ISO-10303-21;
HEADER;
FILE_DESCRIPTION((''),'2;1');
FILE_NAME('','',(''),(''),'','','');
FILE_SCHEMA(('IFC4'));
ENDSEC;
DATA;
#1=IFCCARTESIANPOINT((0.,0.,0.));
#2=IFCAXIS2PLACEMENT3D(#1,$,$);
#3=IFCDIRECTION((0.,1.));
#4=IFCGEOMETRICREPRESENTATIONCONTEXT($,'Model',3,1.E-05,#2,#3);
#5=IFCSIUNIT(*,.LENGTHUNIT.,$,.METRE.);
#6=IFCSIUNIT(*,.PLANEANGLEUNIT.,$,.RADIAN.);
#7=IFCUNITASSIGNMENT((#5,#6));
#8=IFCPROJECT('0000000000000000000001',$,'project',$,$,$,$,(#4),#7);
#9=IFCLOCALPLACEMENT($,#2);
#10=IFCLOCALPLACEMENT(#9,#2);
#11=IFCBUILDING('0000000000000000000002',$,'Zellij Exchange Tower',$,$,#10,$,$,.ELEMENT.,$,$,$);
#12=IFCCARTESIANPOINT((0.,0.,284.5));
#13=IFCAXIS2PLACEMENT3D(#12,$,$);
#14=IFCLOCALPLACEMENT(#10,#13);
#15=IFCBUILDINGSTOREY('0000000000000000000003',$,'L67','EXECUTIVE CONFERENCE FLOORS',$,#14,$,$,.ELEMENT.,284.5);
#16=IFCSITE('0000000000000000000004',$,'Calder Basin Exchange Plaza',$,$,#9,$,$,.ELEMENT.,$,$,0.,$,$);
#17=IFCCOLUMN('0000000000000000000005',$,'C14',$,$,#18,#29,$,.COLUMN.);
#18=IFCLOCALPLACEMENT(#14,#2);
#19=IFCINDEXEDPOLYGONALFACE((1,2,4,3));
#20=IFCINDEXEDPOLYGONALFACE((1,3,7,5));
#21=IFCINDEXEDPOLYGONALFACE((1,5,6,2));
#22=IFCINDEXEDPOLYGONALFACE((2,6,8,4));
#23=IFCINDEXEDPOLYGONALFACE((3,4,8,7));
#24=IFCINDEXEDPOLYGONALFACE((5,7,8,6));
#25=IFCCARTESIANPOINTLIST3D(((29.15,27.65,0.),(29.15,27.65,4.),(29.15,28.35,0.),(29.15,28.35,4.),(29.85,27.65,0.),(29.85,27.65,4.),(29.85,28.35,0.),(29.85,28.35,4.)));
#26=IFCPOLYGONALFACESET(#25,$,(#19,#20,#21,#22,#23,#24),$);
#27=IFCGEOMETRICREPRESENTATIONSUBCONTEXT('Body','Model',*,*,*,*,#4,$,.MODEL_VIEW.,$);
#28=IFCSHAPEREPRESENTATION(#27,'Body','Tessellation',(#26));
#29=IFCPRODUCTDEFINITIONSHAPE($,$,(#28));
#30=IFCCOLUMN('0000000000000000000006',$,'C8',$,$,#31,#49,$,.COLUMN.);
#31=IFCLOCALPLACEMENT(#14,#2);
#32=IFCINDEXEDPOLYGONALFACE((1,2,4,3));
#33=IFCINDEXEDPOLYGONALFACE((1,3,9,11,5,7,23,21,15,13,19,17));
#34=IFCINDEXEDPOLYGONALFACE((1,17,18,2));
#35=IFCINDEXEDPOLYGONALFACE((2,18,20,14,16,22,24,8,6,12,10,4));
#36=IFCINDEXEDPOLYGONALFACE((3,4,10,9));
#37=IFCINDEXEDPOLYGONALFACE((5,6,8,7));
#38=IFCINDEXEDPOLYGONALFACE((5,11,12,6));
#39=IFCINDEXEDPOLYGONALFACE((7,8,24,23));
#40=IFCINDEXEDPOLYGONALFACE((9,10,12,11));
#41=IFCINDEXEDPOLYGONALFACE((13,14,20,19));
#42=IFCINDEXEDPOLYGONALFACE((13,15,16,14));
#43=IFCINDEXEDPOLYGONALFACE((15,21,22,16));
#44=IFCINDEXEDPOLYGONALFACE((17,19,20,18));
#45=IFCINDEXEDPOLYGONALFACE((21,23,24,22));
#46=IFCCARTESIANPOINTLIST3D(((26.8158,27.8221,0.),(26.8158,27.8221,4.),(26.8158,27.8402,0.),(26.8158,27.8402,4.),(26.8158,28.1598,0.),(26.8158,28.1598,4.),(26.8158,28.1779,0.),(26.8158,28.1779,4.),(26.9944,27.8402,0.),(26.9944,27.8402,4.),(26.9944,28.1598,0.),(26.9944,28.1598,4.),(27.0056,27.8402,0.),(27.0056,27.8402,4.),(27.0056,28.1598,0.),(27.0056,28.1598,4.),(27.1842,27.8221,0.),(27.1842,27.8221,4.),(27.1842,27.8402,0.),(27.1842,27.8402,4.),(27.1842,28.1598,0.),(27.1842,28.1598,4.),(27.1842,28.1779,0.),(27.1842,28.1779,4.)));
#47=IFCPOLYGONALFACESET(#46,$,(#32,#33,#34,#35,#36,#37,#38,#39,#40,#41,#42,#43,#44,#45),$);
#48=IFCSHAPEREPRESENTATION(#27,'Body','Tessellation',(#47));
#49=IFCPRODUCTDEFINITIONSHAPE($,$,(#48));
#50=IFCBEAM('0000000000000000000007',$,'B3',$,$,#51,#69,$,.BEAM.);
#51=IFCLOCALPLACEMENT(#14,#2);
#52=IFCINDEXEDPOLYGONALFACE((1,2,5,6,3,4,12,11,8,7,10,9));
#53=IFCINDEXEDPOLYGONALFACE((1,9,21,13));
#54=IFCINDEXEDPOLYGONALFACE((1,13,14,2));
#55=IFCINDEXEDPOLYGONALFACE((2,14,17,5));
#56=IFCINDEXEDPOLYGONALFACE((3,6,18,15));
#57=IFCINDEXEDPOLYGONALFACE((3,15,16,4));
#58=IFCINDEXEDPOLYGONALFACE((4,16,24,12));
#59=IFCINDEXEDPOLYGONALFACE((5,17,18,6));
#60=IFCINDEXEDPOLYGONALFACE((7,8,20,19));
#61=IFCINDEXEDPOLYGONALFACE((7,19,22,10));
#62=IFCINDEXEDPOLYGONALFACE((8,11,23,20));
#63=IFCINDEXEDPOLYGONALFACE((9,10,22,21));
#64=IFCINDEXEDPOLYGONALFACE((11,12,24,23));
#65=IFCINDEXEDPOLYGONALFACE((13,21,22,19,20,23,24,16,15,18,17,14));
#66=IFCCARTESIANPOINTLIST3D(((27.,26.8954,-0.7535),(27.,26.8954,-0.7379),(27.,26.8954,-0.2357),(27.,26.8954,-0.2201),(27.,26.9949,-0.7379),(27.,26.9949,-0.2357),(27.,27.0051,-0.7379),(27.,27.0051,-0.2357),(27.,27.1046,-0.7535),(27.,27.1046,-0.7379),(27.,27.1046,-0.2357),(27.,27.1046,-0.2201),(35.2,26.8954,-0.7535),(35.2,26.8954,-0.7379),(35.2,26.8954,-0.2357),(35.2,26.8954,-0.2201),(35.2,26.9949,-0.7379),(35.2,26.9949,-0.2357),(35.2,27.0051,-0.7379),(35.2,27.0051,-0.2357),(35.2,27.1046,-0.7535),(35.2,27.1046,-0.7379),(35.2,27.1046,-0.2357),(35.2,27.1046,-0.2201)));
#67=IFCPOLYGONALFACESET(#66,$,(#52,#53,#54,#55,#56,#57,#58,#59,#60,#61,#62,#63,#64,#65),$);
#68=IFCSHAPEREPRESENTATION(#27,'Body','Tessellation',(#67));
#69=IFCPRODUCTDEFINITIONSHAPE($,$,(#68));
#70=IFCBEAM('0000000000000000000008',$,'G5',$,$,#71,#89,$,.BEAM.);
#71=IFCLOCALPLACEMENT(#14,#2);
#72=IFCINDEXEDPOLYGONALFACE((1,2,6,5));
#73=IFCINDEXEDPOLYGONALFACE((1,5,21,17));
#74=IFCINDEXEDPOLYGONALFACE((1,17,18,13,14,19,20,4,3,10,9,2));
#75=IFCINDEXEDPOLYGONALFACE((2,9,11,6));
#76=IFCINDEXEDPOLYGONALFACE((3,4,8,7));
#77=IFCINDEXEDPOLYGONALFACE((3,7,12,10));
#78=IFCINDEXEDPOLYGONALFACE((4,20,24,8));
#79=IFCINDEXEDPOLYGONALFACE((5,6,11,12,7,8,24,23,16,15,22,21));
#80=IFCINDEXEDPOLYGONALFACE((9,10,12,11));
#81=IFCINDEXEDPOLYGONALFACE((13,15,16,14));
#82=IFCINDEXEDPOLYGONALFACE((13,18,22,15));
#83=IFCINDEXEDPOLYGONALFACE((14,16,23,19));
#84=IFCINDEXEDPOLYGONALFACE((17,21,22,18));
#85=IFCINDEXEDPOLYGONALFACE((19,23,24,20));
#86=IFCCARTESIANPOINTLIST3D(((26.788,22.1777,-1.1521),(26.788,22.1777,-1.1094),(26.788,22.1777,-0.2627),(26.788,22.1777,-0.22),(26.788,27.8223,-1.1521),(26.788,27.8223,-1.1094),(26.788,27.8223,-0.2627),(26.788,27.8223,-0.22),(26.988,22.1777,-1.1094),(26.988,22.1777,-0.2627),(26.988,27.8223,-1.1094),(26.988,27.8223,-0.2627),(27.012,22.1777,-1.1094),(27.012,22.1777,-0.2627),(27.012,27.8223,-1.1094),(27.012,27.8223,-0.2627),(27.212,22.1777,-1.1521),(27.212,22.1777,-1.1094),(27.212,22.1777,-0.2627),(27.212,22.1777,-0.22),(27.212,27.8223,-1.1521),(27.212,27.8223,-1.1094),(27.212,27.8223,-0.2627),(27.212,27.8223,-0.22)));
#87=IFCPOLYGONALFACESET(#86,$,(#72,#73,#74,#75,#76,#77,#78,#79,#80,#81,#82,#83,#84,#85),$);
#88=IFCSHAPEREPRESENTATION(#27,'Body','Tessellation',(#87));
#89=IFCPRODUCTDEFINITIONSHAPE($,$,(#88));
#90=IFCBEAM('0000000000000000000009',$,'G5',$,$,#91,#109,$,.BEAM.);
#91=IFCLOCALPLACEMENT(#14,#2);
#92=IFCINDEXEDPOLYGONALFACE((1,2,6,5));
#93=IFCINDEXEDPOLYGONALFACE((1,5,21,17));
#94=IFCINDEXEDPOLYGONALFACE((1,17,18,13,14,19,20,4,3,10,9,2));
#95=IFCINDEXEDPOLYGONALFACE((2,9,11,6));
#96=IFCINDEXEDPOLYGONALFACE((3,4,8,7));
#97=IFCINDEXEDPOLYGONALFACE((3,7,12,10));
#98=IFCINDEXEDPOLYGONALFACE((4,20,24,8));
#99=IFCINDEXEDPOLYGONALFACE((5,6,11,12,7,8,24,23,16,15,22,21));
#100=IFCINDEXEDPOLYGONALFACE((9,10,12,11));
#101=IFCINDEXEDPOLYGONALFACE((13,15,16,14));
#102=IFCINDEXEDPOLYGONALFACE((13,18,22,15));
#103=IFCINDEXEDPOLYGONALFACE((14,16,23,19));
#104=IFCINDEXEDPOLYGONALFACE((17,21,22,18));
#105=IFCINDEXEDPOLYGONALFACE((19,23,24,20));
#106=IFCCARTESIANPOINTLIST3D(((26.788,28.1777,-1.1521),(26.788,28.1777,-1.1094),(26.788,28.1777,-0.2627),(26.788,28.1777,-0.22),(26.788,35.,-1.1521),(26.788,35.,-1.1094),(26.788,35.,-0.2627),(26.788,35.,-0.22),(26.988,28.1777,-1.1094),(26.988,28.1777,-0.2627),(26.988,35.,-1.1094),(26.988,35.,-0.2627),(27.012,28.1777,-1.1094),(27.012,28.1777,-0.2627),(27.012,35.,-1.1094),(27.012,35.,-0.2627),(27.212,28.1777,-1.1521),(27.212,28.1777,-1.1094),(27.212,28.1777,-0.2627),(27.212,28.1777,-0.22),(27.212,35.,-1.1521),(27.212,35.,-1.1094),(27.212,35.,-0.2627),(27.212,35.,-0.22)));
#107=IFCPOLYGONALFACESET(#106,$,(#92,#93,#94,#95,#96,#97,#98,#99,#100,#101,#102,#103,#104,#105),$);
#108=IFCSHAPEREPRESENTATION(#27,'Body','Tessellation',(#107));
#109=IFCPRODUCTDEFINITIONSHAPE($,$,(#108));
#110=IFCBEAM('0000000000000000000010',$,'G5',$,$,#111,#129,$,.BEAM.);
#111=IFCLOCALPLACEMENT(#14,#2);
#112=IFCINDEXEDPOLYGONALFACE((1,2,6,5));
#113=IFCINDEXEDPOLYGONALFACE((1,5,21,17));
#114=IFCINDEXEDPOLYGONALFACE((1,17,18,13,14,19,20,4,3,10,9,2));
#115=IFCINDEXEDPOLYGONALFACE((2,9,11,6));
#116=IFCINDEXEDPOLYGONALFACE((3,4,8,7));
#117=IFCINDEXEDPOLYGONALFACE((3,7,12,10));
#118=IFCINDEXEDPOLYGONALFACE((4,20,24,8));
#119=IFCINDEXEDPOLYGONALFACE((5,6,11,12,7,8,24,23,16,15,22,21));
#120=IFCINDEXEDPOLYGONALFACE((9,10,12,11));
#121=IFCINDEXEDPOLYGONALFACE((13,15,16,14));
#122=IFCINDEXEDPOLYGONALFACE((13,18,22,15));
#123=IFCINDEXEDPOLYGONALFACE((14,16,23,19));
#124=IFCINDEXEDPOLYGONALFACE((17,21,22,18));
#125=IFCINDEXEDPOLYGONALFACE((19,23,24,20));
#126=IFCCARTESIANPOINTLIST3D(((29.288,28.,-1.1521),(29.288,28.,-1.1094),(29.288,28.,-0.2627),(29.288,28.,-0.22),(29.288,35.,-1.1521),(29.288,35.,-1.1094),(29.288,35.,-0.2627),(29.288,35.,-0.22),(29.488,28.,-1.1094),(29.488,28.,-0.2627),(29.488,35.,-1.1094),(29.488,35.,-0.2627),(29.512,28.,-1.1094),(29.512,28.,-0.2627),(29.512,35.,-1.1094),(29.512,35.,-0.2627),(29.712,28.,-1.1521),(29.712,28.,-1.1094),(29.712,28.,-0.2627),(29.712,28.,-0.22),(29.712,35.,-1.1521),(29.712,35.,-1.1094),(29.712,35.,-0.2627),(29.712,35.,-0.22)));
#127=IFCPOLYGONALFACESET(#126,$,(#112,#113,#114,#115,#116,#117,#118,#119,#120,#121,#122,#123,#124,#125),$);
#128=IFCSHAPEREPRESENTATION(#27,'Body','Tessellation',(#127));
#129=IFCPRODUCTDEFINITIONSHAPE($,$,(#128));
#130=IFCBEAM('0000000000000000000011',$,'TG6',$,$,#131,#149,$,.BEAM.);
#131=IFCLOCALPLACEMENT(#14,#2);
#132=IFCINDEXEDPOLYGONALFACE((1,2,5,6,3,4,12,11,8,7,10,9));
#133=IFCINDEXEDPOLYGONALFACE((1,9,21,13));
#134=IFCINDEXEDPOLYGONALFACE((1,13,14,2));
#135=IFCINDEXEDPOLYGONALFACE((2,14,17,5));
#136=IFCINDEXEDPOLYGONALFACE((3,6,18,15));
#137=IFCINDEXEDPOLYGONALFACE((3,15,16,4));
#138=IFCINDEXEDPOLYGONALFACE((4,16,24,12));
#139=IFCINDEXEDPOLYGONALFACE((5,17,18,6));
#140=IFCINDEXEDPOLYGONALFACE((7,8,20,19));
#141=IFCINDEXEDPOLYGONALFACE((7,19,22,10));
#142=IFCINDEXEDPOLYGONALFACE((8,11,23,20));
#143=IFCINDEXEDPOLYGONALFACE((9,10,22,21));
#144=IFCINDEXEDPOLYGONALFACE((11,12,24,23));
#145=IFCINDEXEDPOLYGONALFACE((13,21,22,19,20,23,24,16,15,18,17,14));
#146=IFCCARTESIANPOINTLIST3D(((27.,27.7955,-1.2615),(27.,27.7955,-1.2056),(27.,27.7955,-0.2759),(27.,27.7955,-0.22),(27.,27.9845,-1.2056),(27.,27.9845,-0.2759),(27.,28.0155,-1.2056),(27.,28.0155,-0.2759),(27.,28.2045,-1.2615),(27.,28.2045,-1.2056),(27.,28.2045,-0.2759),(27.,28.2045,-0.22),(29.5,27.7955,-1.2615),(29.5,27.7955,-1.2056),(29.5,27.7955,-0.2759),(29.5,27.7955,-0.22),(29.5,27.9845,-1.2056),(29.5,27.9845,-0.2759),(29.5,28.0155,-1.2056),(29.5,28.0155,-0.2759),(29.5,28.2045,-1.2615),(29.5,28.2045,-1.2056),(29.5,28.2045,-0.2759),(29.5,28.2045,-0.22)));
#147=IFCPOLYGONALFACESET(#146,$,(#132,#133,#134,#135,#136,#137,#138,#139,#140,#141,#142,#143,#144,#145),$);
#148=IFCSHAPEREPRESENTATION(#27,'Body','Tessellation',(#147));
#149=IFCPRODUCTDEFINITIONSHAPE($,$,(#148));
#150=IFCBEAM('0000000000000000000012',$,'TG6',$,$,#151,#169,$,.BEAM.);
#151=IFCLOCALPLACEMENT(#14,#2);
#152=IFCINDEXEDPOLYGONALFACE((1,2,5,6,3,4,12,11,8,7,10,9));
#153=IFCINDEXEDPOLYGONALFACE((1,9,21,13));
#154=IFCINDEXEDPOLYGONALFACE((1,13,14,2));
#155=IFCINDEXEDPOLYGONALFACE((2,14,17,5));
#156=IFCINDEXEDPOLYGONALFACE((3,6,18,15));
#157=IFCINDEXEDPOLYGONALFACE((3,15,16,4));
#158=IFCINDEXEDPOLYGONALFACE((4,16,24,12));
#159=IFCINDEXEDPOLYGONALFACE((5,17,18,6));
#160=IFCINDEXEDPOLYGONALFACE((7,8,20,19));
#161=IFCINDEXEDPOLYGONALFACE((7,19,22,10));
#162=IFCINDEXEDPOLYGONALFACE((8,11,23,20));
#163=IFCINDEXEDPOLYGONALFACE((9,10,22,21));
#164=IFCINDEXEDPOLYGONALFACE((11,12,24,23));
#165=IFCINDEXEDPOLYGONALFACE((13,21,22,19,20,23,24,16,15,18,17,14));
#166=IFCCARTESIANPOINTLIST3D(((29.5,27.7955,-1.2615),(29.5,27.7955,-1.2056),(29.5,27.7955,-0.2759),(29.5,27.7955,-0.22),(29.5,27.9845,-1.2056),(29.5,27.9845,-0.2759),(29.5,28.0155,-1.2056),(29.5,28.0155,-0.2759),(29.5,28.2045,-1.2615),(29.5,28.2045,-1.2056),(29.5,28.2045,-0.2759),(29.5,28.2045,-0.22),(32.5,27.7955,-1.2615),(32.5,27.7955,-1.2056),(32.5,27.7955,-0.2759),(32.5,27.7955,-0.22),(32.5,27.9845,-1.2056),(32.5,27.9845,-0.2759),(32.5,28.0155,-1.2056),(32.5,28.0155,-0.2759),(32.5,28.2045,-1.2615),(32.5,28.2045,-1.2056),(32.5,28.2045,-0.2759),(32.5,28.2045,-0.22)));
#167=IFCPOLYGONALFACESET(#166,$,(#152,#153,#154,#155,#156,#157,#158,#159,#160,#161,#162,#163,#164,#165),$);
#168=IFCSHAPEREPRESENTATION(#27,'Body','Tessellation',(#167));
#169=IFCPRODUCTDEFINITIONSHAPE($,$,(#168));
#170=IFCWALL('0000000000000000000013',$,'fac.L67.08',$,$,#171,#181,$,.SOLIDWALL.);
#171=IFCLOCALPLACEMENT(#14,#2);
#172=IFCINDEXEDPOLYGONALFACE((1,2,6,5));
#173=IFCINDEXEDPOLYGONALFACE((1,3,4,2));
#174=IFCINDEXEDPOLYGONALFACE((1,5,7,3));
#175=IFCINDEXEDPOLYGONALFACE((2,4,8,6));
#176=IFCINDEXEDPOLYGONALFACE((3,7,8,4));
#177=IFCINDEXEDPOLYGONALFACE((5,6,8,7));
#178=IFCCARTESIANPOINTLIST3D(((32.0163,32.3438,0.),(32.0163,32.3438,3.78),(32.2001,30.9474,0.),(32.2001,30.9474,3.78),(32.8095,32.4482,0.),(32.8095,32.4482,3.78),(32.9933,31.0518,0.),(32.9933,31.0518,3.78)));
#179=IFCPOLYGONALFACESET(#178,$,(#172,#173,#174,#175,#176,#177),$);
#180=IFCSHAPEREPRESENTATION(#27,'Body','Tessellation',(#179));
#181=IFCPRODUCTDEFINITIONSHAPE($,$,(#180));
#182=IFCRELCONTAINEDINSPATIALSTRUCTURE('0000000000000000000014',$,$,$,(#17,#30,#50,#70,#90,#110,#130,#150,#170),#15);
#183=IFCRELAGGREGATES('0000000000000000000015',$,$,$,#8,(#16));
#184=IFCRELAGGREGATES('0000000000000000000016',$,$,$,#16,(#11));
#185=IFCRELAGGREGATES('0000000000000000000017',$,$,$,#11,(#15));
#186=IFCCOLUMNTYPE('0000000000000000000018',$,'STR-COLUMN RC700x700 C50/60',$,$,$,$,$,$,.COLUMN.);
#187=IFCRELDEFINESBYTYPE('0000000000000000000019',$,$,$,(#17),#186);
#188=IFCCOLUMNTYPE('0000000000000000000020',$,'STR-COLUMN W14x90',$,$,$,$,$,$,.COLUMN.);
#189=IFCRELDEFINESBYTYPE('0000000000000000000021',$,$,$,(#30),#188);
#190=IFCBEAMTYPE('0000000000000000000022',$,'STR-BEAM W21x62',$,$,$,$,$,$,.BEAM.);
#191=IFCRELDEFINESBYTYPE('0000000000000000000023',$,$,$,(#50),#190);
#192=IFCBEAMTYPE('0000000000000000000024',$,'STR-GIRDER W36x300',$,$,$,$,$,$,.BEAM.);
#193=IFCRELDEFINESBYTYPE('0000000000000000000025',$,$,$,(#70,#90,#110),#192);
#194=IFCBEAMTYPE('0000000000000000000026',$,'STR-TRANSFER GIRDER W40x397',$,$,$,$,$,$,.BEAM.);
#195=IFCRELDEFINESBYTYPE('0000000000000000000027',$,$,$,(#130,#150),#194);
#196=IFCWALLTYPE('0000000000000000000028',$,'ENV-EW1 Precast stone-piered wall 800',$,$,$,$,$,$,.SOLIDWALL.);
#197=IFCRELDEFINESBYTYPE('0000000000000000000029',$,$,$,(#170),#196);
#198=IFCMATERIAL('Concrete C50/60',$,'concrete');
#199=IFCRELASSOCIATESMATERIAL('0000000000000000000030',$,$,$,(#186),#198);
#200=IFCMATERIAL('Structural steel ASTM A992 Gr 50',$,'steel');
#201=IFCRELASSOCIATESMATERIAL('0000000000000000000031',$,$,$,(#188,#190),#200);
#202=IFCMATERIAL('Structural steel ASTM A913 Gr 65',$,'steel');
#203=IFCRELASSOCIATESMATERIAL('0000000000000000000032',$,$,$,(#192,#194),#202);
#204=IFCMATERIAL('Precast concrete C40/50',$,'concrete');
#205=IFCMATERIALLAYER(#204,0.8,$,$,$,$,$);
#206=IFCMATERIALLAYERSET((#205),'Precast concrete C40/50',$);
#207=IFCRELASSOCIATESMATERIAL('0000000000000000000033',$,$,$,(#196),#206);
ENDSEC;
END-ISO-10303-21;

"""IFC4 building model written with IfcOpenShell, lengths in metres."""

from ifc_helpers import new_model, si_unit, direction, frame, frame_2d, origin, origin_2d, place, context, subcontext, project, spatial, rectangle, i_section, extrude, material, layer, layer_set, material_profile, profile_set, type_object, element, save


model = new_model("IFC4")

# Units and contexts
model_context = context("Model", 3, precision=1e-05, world=origin(), true_north=direction((0.0, 1.0)))
body_context = subcontext(model_context, "Body", "Model", "MODEL_VIEW")
ifc_project = project(units=[si_unit("LENGTHUNIT", "METRE"), si_unit("PLANEANGLEUNIT", "RADIAN")], contexts=[model_context])

# Site, building, storey
site_placement = place(None, origin())
site = spatial("IfcSite", under=ifc_project, at=site_placement, Name="Calder Basin Exchange Plaza", CompositionType="ELEMENT", RefElevation=0.0)
building_placement = place(site_placement, origin())
building = spatial("IfcBuilding", under=site, at=building_placement, Name="Zellij Exchange Tower", CompositionType="ELEMENT")
storey_placement = place(building_placement, frame((0.0, 0.0, 284.5)))
storey = spatial("IfcBuildingStorey", under=building, at=storey_placement, Name="L67", Description="EXECUTIVE CONFERENCE FLOORS", CompositionType="ELEMENT", Elevation=284.5)

# Columns
ifc_material_1 = material(Name="Concrete C50/60", Category="concrete")
ifc_material_profile_1 = material_profile(ifc_material_1, rectangle(XDim=0.7, YDim=0.7, at=origin_2d()), Name="STR-COLUMN RC700x700 C50/60")
ifc_profile_set_1 = profile_set([ifc_material_profile_1], Name="Concrete C50/60")
column_type_1 = type_object("IfcColumnType", Name="STR-COLUMN RC700x700 C50/60", PredefinedType="COLUMN", material=ifc_profile_set_1)
column_1_placement = place(storey_placement, frame((29.5, 28.0, 0.0), z_axis=(0.0, 0.0, 1.0), x_axis=(1.0, 0.0, 0.0)))
element("IfcColumn", 1, at=column_1_placement, inside=storey, type_object=column_type_1, Name="C14", PredefinedType="COLUMN", context=body_context, shape_type="SweptSolid", body=[
    extrude(rectangle(XDim=0.7, YDim=0.7, at=origin_2d()), origin(), (0.0, 0.0, 1.0), 4.0),
])
ifc_material_2 = material(Name="Structural steel ASTM A992 Gr 50", Category="steel")
ifc_material_profile_2 = material_profile(ifc_material_2, i_section(OverallWidth=0.3684, OverallDepth=0.3557, WebThickness=0.0112, FlangeThickness=0.0181, at=origin_2d()), Name="W14x90")
ifc_profile_set_2 = profile_set([ifc_material_profile_2], Name="Structural steel ASTM A992 Gr 50")
column_type_2 = type_object("IfcColumnType", Name="STR-COLUMN W14x90", PredefinedType="COLUMN", material=ifc_profile_set_2)
column_2_placement = place(storey_placement, frame((27.0, 28.0, 0.0), z_axis=(0.0, 0.0, 1.0), x_axis=(1.0, 0.0, 0.0)))
element("IfcColumn", 2, at=column_2_placement, inside=storey, type_object=column_type_2, Name="C8", PredefinedType="COLUMN", context=body_context, shape_type="SweptSolid", body=[
    extrude(i_section(OverallWidth=0.3684, OverallDepth=0.3557, WebThickness=0.0112, FlangeThickness=0.0181, at=origin_2d()), origin(), (0.0, 0.0, 1.0), 4.0),
])

# Beams
ifc_material_profile_3 = material_profile(ifc_material_2, i_section(OverallWidth=0.2092, OverallDepth=0.5334, WebThickness=0.0103, FlangeThickness=0.0156, at=origin_2d()), Name="W21x62")
ifc_profile_set_3 = profile_set([ifc_material_profile_3], Name="Structural steel ASTM A992 Gr 50")
beam_type_1 = type_object("IfcBeamType", Name="STR-BEAM W21x62", PredefinedType="BEAM", material=ifc_profile_set_3)
beam_1_placement = place(storey_placement, frame((27.0, 27.0, -0.4868), z_axis=(1.0, 0.0, 0.0), x_axis=(0.0, 1.0, 0.0)))
element("IfcBeam", 3, at=beam_1_placement, inside=storey, type_object=beam_type_1, Name="B3", PredefinedType="BEAM", context=body_context, shape_type="SweptSolid", body=[
    extrude(i_section(OverallWidth=0.2092, OverallDepth=0.5334, WebThickness=0.0103, FlangeThickness=0.0156, at=origin_2d()), origin(), (0.0, 0.0, 1.0), 8.2),
])
ifc_material_3 = material(Name="Structural steel ASTM A913 Gr 65", Category="steel")
ifc_material_profile_4 = material_profile(ifc_material_3, i_section(OverallWidth=0.4241, OverallDepth=0.9321, WebThickness=0.0239, FlangeThickness=0.0427, at=origin_2d()), Name="W36x300")
ifc_profile_set_4 = profile_set([ifc_material_profile_4], Name="Structural steel ASTM A913 Gr 65")
beam_type_2 = type_object("IfcBeamType", Name="STR-GIRDER W36x300", PredefinedType="BEAM", material=ifc_profile_set_4)
beam_2_placement = place(storey_placement, frame((27.0, 22.1777, -0.686), z_axis=(0.0, 1.0, 0.0), x_axis=(-1.0, 0.0, 0.0)))
element("IfcBeam", 4, at=beam_2_placement, inside=storey, type_object=beam_type_2, Name="G5", PredefinedType="BEAM", context=body_context, shape_type="SweptSolid", body=[
    extrude(i_section(OverallWidth=0.4241, OverallDepth=0.9321, WebThickness=0.0239, FlangeThickness=0.0427, at=origin_2d()), origin(), (0.0, 0.0, 1.0), 5.6445),
])
beam_3_placement = place(storey_placement, frame((27.0, 28.1777, -0.686), z_axis=(0.0, 1.0, 0.0), x_axis=(-1.0, 0.0, 0.0)))
element("IfcBeam", 5, at=beam_3_placement, inside=storey, type_object=beam_type_2, Name="G5", PredefinedType="BEAM", context=body_context, shape_type="SweptSolid", body=[
    extrude(i_section(OverallWidth=0.4241, OverallDepth=0.9321, WebThickness=0.0239, FlangeThickness=0.0427, at=origin_2d()), origin(), (0.0, 0.0, 1.0), 6.8223),
])
beam_4_placement = place(storey_placement, frame((29.5, 28.0, -0.686), z_axis=(0.0, 1.0, 0.0), x_axis=(-1.0, 0.0, 0.0)))
element("IfcBeam", 6, at=beam_4_placement, inside=storey, type_object=beam_type_2, Name="G5", PredefinedType="BEAM", context=body_context, shape_type="SweptSolid", body=[
    extrude(i_section(OverallWidth=0.4241, OverallDepth=0.9321, WebThickness=0.0239, FlangeThickness=0.0427, at=origin_2d()), origin(), (0.0, 0.0, 1.0), 7.0),
])
ifc_material_profile_5 = material_profile(ifc_material_3, i_section(OverallWidth=0.4089, OverallDepth=1.0415, WebThickness=0.031, FlangeThickness=0.0559, at=origin_2d()), Name="W40x397")
ifc_profile_set_5 = profile_set([ifc_material_profile_5], Name="Structural steel ASTM A913 Gr 65")
beam_type_3 = type_object("IfcBeamType", Name="STR-TRANSFER GIRDER W40x397", PredefinedType="BEAM", material=ifc_profile_set_5)
beam_5_placement = place(storey_placement, frame((27.0, 28.0, -0.7407), z_axis=(1.0, 0.0, 0.0), x_axis=(0.0, 1.0, 0.0)))
element("IfcBeam", 7, at=beam_5_placement, inside=storey, type_object=beam_type_3, Name="TG6", PredefinedType="BEAM", context=body_context, shape_type="SweptSolid", body=[
    extrude(i_section(OverallWidth=0.4089, OverallDepth=1.0415, WebThickness=0.031, FlangeThickness=0.0559, at=origin_2d()), origin(), (0.0, 0.0, 1.0), 2.5),
])
beam_6_placement = place(storey_placement, frame((29.5, 28.0, -0.7407), z_axis=(1.0, 0.0, 0.0), x_axis=(0.0, 1.0, 0.0)))
element("IfcBeam", 8, at=beam_6_placement, inside=storey, type_object=beam_type_3, Name="TG6", PredefinedType="BEAM", context=body_context, shape_type="SweptSolid", body=[
    extrude(i_section(OverallWidth=0.4089, OverallDepth=1.0415, WebThickness=0.031, FlangeThickness=0.0559, at=origin_2d()), origin(), (0.0, 0.0, 1.0), 3.0),
])

# Wall
ifc_material_4 = material(Name="Precast concrete C40/50", Category="concrete")
ifc_layer = layer(ifc_material_4, 0.8)
ifc_layer_set = layer_set([ifc_layer], Name="Precast concrete C40/50")
wall_type = type_object("IfcWallType", Name="ENV-EW1 Precast stone-piered wall 800", PredefinedType="SOLIDWALL", material=ifc_layer_set)
wall_1_placement = place(storey_placement, frame((32.5967, 30.9998, 0.0), z_axis=(0.0, 0.0, 1.0), x_axis=(-0.130517, 0.991446, 0.0)))
element("IfcWall", 9, at=wall_1_placement, inside=storey, type_object=wall_type, Name="fac.L67.08", PredefinedType="SOLIDWALL", context=body_context, shape_type="SweptSolid", body=[
    extrude(rectangle(XDim=1.4084, YDim=0.8, at=frame_2d((0.7041, 0.0))), origin(), (0.0, 0.0, 1.0), 3.78),
])

save(model, "model.ifc")
